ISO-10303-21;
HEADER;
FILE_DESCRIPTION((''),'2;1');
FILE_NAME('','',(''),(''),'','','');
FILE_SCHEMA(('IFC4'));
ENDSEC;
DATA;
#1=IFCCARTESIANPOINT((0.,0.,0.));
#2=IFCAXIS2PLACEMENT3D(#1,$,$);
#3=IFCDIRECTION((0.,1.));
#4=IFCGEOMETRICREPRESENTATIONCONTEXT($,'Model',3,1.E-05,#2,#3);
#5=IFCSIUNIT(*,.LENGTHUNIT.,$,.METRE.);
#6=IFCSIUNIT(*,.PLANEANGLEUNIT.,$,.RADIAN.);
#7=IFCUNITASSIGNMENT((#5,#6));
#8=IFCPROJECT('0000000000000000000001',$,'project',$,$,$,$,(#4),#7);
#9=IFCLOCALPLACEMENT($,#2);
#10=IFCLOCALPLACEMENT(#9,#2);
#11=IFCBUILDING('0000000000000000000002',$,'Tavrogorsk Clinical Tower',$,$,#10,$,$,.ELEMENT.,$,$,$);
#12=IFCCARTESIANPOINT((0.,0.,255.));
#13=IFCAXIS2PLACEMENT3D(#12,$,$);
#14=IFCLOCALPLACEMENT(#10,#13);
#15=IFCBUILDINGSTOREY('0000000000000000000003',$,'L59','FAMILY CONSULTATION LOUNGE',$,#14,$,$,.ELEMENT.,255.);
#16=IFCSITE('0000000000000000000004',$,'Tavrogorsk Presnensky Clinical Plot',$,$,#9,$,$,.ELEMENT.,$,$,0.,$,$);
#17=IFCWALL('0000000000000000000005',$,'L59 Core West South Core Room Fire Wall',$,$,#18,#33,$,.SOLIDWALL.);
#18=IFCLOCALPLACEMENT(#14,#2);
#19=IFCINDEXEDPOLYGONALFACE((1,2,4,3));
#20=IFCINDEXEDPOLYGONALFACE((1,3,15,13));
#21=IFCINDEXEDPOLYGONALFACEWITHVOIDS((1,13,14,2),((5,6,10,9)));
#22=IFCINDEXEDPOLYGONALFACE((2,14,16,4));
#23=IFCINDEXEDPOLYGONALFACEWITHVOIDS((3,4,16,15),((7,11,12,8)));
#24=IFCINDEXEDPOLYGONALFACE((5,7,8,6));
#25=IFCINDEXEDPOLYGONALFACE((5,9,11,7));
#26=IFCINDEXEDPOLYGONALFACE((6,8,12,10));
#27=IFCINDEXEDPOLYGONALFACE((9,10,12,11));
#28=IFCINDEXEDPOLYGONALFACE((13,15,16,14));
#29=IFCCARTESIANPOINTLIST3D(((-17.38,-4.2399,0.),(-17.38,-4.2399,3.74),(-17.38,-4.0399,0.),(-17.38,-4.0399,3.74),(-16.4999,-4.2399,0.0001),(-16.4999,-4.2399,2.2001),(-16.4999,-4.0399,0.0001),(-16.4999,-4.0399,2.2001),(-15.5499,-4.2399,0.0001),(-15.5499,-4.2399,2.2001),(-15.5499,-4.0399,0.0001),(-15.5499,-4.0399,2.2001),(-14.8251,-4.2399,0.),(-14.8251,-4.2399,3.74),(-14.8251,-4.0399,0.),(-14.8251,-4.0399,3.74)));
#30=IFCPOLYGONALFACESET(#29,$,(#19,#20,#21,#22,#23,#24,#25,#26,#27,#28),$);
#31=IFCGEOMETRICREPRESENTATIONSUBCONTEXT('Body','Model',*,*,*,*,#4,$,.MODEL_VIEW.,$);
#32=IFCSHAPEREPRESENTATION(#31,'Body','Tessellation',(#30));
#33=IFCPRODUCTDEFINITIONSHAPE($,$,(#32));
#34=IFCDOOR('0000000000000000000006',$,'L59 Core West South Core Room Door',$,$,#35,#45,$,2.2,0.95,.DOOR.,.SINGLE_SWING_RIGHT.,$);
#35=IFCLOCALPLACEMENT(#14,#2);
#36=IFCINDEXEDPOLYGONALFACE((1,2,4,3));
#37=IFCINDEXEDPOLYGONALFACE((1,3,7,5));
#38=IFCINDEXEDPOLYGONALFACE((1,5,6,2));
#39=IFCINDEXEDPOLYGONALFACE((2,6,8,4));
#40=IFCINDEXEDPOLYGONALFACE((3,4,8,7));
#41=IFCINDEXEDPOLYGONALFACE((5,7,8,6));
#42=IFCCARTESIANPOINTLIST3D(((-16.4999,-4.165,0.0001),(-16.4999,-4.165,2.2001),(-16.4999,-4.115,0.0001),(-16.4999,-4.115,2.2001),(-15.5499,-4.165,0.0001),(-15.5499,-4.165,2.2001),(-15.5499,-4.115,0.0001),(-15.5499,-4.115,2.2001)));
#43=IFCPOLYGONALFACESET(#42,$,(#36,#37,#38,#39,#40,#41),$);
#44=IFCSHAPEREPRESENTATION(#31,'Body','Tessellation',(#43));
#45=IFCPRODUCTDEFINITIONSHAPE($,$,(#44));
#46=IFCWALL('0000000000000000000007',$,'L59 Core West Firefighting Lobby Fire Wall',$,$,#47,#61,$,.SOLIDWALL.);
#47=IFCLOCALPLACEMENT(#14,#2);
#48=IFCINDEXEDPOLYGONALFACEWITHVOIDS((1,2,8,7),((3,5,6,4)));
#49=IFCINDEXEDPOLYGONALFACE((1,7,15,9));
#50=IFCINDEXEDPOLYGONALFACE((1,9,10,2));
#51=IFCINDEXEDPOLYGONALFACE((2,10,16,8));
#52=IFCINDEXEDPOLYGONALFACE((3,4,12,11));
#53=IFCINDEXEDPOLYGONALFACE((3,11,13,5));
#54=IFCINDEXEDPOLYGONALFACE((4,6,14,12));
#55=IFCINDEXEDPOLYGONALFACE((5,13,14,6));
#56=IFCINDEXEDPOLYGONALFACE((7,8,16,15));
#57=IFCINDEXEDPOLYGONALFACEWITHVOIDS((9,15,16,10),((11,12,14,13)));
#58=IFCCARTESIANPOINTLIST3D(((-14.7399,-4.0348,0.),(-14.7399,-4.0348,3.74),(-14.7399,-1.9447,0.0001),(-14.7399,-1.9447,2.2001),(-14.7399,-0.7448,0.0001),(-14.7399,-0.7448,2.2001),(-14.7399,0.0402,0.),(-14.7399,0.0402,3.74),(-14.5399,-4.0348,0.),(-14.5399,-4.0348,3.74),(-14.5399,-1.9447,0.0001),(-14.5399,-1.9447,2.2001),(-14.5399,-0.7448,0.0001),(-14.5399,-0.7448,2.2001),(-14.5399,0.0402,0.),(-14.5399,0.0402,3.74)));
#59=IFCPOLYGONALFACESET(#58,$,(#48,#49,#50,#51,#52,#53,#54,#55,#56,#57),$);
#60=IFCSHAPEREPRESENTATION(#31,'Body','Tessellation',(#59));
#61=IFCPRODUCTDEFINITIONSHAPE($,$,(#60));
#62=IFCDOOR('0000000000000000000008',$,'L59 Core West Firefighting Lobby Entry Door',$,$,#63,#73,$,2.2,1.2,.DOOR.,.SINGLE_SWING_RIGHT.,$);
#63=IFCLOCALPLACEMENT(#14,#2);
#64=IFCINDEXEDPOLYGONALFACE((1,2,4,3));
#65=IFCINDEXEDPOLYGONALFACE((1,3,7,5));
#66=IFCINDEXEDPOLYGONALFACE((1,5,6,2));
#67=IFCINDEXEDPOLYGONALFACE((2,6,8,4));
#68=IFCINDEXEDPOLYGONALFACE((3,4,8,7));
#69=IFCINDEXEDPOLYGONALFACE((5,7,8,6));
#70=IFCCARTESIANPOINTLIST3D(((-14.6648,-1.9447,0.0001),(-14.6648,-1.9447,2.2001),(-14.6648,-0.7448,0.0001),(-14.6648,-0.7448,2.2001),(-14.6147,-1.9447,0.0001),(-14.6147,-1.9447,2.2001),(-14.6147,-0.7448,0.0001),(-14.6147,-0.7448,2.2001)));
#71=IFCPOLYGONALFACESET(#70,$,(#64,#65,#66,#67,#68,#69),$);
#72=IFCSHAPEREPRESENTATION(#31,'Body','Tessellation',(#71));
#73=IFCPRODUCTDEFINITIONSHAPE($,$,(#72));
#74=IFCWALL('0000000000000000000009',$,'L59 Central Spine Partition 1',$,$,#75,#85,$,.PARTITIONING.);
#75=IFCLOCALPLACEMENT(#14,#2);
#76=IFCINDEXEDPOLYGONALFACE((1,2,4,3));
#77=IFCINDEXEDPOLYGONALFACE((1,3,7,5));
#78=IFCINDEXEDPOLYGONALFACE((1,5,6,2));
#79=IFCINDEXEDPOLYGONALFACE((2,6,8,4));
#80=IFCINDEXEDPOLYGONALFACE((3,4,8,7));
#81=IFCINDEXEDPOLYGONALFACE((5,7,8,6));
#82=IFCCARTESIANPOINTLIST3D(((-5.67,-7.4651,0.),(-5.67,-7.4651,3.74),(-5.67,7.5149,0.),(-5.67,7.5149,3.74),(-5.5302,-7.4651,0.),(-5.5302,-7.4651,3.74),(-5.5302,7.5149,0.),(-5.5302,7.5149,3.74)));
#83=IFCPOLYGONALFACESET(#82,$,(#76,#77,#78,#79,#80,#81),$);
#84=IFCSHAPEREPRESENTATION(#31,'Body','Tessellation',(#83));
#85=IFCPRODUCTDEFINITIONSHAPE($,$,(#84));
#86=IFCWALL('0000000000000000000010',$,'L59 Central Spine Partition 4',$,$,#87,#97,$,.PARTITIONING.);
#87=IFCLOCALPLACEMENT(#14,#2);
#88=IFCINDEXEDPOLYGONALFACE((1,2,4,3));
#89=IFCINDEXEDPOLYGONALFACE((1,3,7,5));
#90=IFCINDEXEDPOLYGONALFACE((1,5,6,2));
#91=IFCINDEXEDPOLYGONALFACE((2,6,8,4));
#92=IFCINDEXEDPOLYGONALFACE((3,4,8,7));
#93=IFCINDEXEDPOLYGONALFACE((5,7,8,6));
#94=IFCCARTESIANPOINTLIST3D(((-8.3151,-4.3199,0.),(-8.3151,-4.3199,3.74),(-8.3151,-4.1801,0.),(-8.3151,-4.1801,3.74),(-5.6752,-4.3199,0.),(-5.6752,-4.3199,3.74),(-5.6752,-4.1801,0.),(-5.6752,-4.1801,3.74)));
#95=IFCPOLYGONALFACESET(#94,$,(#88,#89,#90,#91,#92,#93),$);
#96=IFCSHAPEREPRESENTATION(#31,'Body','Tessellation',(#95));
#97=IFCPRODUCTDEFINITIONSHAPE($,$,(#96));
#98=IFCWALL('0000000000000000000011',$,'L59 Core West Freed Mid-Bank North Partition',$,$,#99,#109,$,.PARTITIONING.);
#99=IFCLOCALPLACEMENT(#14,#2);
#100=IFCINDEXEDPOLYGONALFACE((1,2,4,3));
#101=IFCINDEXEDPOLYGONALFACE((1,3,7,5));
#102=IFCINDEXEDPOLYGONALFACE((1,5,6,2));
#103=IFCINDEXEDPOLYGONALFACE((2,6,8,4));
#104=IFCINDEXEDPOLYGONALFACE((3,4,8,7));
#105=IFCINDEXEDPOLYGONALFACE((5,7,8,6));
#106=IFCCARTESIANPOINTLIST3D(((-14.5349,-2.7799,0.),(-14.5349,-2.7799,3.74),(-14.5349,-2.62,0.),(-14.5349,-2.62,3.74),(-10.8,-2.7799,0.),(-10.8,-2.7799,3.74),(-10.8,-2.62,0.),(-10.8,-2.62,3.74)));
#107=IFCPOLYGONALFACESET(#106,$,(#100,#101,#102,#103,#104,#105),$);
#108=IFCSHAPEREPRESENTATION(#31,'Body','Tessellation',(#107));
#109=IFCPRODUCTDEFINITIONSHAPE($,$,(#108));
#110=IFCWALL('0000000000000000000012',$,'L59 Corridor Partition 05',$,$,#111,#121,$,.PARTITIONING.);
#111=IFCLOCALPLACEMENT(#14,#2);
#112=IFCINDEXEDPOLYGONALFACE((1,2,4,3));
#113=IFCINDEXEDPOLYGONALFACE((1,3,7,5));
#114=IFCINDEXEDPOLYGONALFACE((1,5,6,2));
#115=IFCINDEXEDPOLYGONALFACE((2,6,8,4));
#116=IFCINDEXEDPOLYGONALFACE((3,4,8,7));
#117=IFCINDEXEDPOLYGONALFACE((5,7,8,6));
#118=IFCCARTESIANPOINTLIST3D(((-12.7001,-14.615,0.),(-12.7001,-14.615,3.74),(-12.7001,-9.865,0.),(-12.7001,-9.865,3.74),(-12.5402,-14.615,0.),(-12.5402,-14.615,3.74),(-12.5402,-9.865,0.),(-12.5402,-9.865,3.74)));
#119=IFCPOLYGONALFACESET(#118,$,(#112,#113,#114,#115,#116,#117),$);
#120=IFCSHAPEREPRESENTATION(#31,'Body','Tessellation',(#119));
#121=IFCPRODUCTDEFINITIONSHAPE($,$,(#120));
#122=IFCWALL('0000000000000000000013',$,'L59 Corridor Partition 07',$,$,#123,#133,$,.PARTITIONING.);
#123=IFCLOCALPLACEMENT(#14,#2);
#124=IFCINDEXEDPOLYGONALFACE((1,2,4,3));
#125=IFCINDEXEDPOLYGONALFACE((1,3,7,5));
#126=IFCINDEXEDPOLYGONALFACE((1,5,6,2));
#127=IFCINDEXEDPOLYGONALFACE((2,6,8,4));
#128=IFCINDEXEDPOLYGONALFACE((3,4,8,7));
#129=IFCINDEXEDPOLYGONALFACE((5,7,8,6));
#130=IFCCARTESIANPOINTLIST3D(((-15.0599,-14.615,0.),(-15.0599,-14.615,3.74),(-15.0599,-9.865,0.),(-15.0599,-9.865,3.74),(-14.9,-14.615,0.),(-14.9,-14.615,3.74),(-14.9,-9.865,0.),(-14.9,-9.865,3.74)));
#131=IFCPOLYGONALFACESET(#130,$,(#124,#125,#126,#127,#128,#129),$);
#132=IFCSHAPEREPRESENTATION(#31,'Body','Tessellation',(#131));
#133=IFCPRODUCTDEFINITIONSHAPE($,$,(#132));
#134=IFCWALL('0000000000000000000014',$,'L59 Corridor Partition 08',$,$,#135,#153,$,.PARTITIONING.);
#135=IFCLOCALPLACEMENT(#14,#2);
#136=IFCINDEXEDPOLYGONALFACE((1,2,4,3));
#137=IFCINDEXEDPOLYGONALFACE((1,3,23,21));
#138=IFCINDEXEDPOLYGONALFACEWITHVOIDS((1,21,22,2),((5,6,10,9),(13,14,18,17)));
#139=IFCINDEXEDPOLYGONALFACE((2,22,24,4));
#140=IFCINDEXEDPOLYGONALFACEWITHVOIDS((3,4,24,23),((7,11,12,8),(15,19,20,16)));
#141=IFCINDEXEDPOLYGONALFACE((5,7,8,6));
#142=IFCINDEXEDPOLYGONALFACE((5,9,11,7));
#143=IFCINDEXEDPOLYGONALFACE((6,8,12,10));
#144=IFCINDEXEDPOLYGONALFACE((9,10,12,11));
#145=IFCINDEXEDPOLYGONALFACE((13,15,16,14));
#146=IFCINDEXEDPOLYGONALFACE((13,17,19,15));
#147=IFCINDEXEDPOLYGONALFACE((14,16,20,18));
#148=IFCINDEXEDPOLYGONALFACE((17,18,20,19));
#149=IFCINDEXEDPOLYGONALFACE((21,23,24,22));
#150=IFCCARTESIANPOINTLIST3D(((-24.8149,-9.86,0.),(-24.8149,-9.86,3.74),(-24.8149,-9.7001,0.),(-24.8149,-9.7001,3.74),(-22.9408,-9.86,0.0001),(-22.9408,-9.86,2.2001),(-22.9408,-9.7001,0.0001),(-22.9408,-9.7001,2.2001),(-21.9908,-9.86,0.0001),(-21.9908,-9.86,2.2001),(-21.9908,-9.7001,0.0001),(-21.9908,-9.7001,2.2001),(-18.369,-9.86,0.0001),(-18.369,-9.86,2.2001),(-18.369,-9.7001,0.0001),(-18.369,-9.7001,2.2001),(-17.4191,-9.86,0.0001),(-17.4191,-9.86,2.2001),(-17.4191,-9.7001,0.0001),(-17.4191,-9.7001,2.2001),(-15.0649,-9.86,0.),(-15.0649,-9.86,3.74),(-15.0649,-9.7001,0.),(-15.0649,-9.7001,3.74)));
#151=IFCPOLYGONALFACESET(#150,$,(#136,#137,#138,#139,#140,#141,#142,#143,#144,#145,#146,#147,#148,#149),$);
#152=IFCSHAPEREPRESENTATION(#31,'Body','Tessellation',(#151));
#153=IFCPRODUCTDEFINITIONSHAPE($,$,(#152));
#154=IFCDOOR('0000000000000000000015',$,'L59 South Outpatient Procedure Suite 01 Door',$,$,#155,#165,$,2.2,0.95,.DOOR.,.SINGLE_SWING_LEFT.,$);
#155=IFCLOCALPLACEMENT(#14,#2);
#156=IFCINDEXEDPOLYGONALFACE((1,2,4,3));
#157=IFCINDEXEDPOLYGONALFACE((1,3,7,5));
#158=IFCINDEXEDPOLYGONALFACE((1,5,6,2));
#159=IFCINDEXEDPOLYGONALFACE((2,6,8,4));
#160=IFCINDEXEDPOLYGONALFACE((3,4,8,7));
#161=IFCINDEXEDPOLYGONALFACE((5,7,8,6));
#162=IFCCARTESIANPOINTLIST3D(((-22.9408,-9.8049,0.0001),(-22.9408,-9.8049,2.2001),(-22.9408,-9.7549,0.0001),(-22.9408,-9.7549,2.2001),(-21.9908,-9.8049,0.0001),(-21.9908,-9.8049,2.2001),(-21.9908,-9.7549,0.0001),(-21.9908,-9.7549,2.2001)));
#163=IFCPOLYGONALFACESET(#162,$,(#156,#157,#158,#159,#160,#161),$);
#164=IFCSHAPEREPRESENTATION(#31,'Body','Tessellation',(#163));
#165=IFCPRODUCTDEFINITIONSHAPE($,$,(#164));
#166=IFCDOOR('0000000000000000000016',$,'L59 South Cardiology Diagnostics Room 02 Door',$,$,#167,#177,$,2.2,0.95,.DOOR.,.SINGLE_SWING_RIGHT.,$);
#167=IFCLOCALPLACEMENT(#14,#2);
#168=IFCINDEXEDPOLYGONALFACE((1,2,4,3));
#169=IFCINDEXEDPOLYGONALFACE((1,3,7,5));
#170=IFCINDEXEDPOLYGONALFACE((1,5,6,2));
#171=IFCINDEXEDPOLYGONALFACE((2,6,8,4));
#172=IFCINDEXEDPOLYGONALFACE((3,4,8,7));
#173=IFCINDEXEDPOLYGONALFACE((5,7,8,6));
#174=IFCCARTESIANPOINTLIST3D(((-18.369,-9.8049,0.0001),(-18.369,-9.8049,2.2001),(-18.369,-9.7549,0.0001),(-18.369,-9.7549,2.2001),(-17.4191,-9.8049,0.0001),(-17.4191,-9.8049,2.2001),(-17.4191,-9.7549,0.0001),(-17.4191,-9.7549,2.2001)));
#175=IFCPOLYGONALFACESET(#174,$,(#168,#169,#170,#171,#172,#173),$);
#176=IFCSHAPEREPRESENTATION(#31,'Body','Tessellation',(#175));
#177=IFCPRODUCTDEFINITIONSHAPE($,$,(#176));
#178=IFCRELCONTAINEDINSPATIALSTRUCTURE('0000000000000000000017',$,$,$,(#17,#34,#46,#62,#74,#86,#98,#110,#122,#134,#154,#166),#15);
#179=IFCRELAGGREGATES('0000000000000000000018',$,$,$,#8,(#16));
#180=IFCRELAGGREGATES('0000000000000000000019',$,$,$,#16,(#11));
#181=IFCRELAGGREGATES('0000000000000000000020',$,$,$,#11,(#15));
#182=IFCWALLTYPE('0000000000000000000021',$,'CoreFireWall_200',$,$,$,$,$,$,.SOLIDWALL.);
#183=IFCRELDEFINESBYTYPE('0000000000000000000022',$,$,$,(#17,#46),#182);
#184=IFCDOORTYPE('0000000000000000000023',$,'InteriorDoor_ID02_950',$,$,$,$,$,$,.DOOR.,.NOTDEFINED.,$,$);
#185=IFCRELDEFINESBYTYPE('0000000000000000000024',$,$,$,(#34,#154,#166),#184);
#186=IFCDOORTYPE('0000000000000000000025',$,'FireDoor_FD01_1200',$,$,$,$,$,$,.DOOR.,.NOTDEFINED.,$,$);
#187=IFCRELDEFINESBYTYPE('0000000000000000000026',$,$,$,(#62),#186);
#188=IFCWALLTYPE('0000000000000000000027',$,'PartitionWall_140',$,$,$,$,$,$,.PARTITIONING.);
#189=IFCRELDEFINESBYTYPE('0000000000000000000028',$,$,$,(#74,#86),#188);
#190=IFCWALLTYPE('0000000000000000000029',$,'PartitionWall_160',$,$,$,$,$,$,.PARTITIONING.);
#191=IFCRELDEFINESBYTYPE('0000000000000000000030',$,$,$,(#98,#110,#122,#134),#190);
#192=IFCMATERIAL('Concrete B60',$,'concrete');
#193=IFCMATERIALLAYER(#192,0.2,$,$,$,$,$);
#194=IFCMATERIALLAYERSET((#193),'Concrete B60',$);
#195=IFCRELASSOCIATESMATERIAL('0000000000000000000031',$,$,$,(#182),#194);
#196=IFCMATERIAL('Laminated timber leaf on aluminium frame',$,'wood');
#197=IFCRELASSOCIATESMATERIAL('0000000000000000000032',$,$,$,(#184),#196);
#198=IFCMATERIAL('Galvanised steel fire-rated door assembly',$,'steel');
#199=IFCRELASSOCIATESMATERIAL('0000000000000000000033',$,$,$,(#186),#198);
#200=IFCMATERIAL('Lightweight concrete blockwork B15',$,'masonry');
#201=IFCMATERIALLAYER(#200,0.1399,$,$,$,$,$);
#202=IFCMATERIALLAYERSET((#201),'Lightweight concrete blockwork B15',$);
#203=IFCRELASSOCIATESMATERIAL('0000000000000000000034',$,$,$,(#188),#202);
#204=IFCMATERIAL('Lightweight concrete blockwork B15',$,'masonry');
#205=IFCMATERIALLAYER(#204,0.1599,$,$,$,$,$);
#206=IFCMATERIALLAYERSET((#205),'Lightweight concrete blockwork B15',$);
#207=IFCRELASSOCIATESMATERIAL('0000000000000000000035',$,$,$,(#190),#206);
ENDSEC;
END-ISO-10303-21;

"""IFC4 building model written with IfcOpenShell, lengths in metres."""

from ifc_helpers import new_model, si_unit, direction, frame, frame_2d, origin, place, context, subcontext, project, spatial, rectangle, extrude, material, layer, layer_set, type_object, element, fill, save


model = new_model("IFC4")

# Units and contexts
model_context = context("Model", 3, precision=1e-05, world=origin(), true_north=direction((0.0, 1.0)))
body_context = subcontext(model_context, "Body", "Model", "MODEL_VIEW")
ifc_project = project(units=[si_unit("LENGTHUNIT", "METRE"), si_unit("PLANEANGLEUNIT", "RADIAN")], contexts=[model_context])

# Site, building, storey
site_placement = place(None, origin())
site = spatial("IfcSite", under=ifc_project, at=site_placement, Name="Tavrogorsk Presnensky Clinical Plot", CompositionType="ELEMENT", RefElevation=0.0)
building_placement = place(site_placement, origin())
building = spatial("IfcBuilding", under=site, at=building_placement, Name="Tavrogorsk Clinical Tower", CompositionType="ELEMENT")
storey_placement = place(building_placement, frame((0.0, 0.0, 255.0)))
storey = spatial("IfcBuildingStorey", under=building, at=storey_placement, Name="L59", Description="FAMILY CONSULTATION LOUNGE", CompositionType="ELEMENT", Elevation=255.0)

# Walls, openings, doors
ifc_material_1 = material(Name="Concrete B60", Category="concrete")
ifc_layer_1 = layer(ifc_material_1, 0.2)
ifc_layer_set_1 = layer_set([ifc_layer_1], Name="Concrete B60")
wall_type_1 = type_object("IfcWallType", Name="CoreFireWall_200", PredefinedType="SOLIDWALL", material=ifc_layer_set_1)
wall_1_placement = place(storey_placement, frame((-17.3799, -4.1399, 0.0), z_axis=(0.0, 0.0, 1.0), x_axis=(1.0, 0.0, 0.0)))
wall_1 = element("IfcWall", 1, at=wall_1_placement, inside=storey, type_object=wall_type_1, Name="L59 Core West South Core Room Fire Wall", PredefinedType="SOLIDWALL", context=body_context, shape_type="SweptSolid", body=[
    extrude(rectangle(XDim=2.5549, YDim=0.2, at=frame_2d((1.2773, 0.0))), origin(), (0.0, 0.0, 1.0), 3.74),
])
opening_1_placement = place(wall_1_placement, frame((0.8799, 0.0, 0.0)))
opening_1 = element("IfcOpeningElement", 2, at=opening_1_placement, cuts=wall_1, PredefinedType="OPENING", context=body_context, shape_type="SweptSolid", body=[
    extrude(rectangle(XDim=0.95, YDim=2.2, at=frame_2d((0.4751, 1.1001))), frame((0.0, 0.1099, 0.0), z_axis=(0.0, -1.0, 0.0), x_axis=(1.0, 0.0, 0.0)), (0.0, 0.0, 1.0), 0.22),
])
ifc_material_2 = material(Name="Laminated timber leaf on aluminium frame", Category="wood")
door_type_1 = type_object("IfcDoorType", Name="InteriorDoor_ID02_950", OperationType="NOTDEFINED", PredefinedType="DOOR", material=ifc_material_2)
door_1_placement = place(opening_1_placement, origin())
door_1 = element("IfcDoor", 3, at=door_1_placement, inside=storey, type_object=door_type_1, Name="L59 Core West South Core Room Door", OperationType="SINGLE_SWING_RIGHT", OverallHeight=2.2, OverallWidth=0.95, PredefinedType="DOOR", context=body_context, shape_type="SweptSolid", body=[
    extrude(rectangle(XDim=0.95, YDim=2.2, at=frame_2d((0.4751, 1.1001))), frame((0.0, 0.0249, 0.0), z_axis=(0.0, -1.0, 0.0), x_axis=(1.0, 0.0, 0.0)), (0.0, 0.0, 1.0), 0.05),
])
fill(opening_1, door_1)
wall_2_placement = place(storey_placement, frame((-14.6399, -4.0349, 0.0), z_axis=(0.0, 0.0, 1.0), x_axis=(0.0, 1.0, 0.0)))
wall_2 = element("IfcWall", 4, at=wall_2_placement, inside=storey, type_object=wall_type_1, Name="L59 Core West Firefighting Lobby Fire Wall", PredefinedType="SOLIDWALL", context=body_context, shape_type="SweptSolid", body=[
    extrude(rectangle(XDim=4.075, YDim=0.2, at=frame_2d((2.0376, 0.0))), origin(), (0.0, 0.0, 1.0), 3.74),
])
opening_2_placement = place(wall_2_placement, frame((2.0901, 0.0, 0.0)))
opening_2 = element("IfcOpeningElement", 5, at=opening_2_placement, cuts=wall_2, PredefinedType="OPENING", context=body_context, shape_type="SweptSolid", body=[
    extrude(rectangle(XDim=1.2, YDim=2.2, at=frame_2d((0.6001, 1.1001))), frame((0.0, 0.1099, 0.0), z_axis=(0.0, -1.0, 0.0), x_axis=(1.0, 0.0, 0.0)), (0.0, 0.0, 1.0), 0.22),
])
ifc_material_3 = material(Name="Galvanised steel fire-rated door assembly", Category="steel")
door_type_2 = type_object("IfcDoorType", Name="FireDoor_FD01_1200", OperationType="NOTDEFINED", PredefinedType="DOOR", material=ifc_material_3)
door_2_placement = place(opening_2_placement, origin())
door_2 = element("IfcDoor", 6, at=door_2_placement, inside=storey, type_object=door_type_2, Name="L59 Core West Firefighting Lobby Entry Door", OperationType="SINGLE_SWING_RIGHT", OverallHeight=2.2, OverallWidth=1.2, PredefinedType="DOOR", context=body_context, shape_type="SweptSolid", body=[
    extrude(rectangle(XDim=1.2, YDim=2.2, at=frame_2d((0.6001, 1.1001))), frame((0.0, 0.0249, 0.0), z_axis=(0.0, -1.0, 0.0), x_axis=(1.0, 0.0, 0.0)), (0.0, 0.0, 1.0), 0.05),
])
fill(opening_2, door_2)

# Walls
ifc_material_4 = material(Name="Lightweight concrete blockwork B15", Category="masonry")
ifc_layer_2 = layer(ifc_material_4, 0.1399)
ifc_layer_set_2 = layer_set([ifc_layer_2], Name="Lightweight concrete blockwork B15")
wall_type_2 = type_object("IfcWallType", Name="PartitionWall_140", PredefinedType="PARTITIONING", material=ifc_layer_set_2)
wall_3_placement = place(storey_placement, frame((-5.6001, -7.4651, 0.0), z_axis=(0.0, 0.0, 1.0), x_axis=(0.0, 1.0, 0.0)))
element("IfcWall", 7, at=wall_3_placement, inside=storey, type_object=wall_type_2, Name="L59 Central Spine Partition 1", PredefinedType="PARTITIONING", context=body_context, shape_type="SweptSolid", body=[
    extrude(rectangle(XDim=14.98, YDim=0.1399, at=frame_2d((7.49, 0.0))), origin(), (0.0, 0.0, 1.0), 3.74),
])
wall_4_placement = place(storey_placement, frame((-8.3149, -4.25, 0.0), z_axis=(0.0, 0.0, 1.0), x_axis=(1.0, 0.0, 0.0)))
element("IfcWall", 8, at=wall_4_placement, inside=storey, type_object=wall_type_2, Name="L59 Central Spine Partition 4", PredefinedType="PARTITIONING", context=body_context, shape_type="SweptSolid", body=[
    extrude(rectangle(XDim=2.6399, YDim=0.1399, at=frame_2d((1.3198, 0.0))), origin(), (0.0, 0.0, 1.0), 3.74),
])
ifc_material_5 = material(Name="Lightweight concrete blockwork B15", Category="masonry")
ifc_layer_3 = layer(ifc_material_5, 0.1599)
ifc_layer_set_3 = layer_set([ifc_layer_3], Name="Lightweight concrete blockwork B15")
wall_type_3 = type_object("IfcWallType", Name="PartitionWall_160", PredefinedType="PARTITIONING", material=ifc_layer_set_3)
wall_5_placement = place(storey_placement, frame((-14.5349, -2.7, 0.0), z_axis=(0.0, 0.0, 1.0), x_axis=(1.0, 0.0, 0.0)))
element("IfcWall", 9, at=wall_5_placement, inside=storey, type_object=wall_type_3, Name="L59 Core West Freed Mid-Bank North Partition", PredefinedType="PARTITIONING", context=body_context, shape_type="SweptSolid", body=[
    extrude(rectangle(XDim=3.7349, YDim=0.1599, at=frame_2d((1.8674, 0.0))), origin(), (0.0, 0.0, 1.0), 3.74),
])
for number, where, z_axis, x_axis, name in (
    (10, (-12.6201, -9.865, 0.0), (0.0, 0.0, 1.0), (0.0, -1.0, 0.0), "L59 Corridor Partition 05"),
    (11, (-14.98, -14.615, 0.0), (0.0, 0.0, 1.0), (0.0, 1.0, 0.0), "L59 Corridor Partition 07"),
):
    element("IfcWall", number, at=place(storey_placement, frame(where, z_axis=z_axis, x_axis=x_axis)), inside=storey, type_object=wall_type_3, Name=name, PredefinedType="PARTITIONING", context=body_context, shape_type="SweptSolid", body=[
        extrude(rectangle(XDim=4.75, YDim=0.1599, at=frame_2d((2.375, 0.0))), origin(), (0.0, 0.0, 1.0), 3.74),
    ])

# Wall, openings, doors
wall_6_placement = place(storey_placement, frame((-15.0649, -9.78, 0.0), z_axis=(0.0, 0.0, 1.0), x_axis=(-1.0, 0.0, 0.0)))
wall_6 = element("IfcWall", 12, at=wall_6_placement, inside=storey, type_object=wall_type_3, Name="L59 Corridor Partition 08", PredefinedType="PARTITIONING", context=body_context, shape_type="SweptSolid", body=[
    extrude(rectangle(XDim=9.75, YDim=0.1599, at=frame_2d((4.875, 0.0))), origin(), (0.0, 0.0, 1.0), 3.74),
])
opening_3_placement = place(wall_6_placement, frame((6.9258, 0.0, 0.0)))
opening_3 = element("IfcOpeningElement", 13, at=opening_3_placement, cuts=wall_6, PredefinedType="OPENING", context=body_context, shape_type="SweptSolid", body=[
    extrude(rectangle(XDim=0.95, YDim=2.2, at=frame_2d((0.4751, 1.1001))), frame((0.0, 0.0898, 0.0), z_axis=(0.0, -1.0, 0.0), x_axis=(1.0, 0.0, 0.0)), (0.0, 0.0, 1.0), 0.1799),
])
opening_4_placement = place(wall_6_placement, frame((2.354, 0.0, 0.0)))
opening_4 = element("IfcOpeningElement", 14, at=opening_4_placement, cuts=wall_6, PredefinedType="OPENING", context=body_context, shape_type="SweptSolid", body=[
    extrude(rectangle(XDim=0.95, YDim=2.2, at=frame_2d((0.4751, 1.1001))), frame((0.0, 0.0898, 0.0), z_axis=(0.0, -1.0, 0.0), x_axis=(1.0, 0.0, 0.0)), (0.0, 0.0, 1.0), 0.1799),
])
door_3_placement = place(opening_3_placement, origin())
door_3 = element("IfcDoor", 15, at=door_3_placement, inside=storey, type_object=door_type_1, Name="L59 South Outpatient Procedure Suite 01 Door", OperationType="SINGLE_SWING_LEFT", OverallHeight=2.2, OverallWidth=0.95, PredefinedType="DOOR", context=body_context, shape_type="SweptSolid", body=[
    extrude(rectangle(XDim=0.95, YDim=2.2, at=frame_2d((0.4751, 1.1001))), frame((0.0, 0.0249, 0.0), z_axis=(0.0, -1.0, 0.0), x_axis=(1.0, 0.0, 0.0)), (0.0, 0.0, 1.0), 0.05),
])
fill(opening_3, door_3)
door_4_placement = place(opening_4_placement, origin())
door_4 = element("IfcDoor", 16, at=door_4_placement, inside=storey, type_object=door_type_1, Name="L59 South Cardiology Diagnostics Room 02 Door", OperationType="SINGLE_SWING_RIGHT", OverallHeight=2.2, OverallWidth=0.95, PredefinedType="DOOR", context=body_context, shape_type="SweptSolid", body=[
    extrude(rectangle(XDim=0.95, YDim=2.2, at=frame_2d((0.4751, 1.1001))), frame((0.0, 0.0249, 0.0), z_axis=(0.0, -1.0, 0.0), x_axis=(1.0, 0.0, 0.0)), (0.0, 0.0, 1.0), 0.05),
])
fill(opening_4, door_4)

save(model, "model.ifc")
